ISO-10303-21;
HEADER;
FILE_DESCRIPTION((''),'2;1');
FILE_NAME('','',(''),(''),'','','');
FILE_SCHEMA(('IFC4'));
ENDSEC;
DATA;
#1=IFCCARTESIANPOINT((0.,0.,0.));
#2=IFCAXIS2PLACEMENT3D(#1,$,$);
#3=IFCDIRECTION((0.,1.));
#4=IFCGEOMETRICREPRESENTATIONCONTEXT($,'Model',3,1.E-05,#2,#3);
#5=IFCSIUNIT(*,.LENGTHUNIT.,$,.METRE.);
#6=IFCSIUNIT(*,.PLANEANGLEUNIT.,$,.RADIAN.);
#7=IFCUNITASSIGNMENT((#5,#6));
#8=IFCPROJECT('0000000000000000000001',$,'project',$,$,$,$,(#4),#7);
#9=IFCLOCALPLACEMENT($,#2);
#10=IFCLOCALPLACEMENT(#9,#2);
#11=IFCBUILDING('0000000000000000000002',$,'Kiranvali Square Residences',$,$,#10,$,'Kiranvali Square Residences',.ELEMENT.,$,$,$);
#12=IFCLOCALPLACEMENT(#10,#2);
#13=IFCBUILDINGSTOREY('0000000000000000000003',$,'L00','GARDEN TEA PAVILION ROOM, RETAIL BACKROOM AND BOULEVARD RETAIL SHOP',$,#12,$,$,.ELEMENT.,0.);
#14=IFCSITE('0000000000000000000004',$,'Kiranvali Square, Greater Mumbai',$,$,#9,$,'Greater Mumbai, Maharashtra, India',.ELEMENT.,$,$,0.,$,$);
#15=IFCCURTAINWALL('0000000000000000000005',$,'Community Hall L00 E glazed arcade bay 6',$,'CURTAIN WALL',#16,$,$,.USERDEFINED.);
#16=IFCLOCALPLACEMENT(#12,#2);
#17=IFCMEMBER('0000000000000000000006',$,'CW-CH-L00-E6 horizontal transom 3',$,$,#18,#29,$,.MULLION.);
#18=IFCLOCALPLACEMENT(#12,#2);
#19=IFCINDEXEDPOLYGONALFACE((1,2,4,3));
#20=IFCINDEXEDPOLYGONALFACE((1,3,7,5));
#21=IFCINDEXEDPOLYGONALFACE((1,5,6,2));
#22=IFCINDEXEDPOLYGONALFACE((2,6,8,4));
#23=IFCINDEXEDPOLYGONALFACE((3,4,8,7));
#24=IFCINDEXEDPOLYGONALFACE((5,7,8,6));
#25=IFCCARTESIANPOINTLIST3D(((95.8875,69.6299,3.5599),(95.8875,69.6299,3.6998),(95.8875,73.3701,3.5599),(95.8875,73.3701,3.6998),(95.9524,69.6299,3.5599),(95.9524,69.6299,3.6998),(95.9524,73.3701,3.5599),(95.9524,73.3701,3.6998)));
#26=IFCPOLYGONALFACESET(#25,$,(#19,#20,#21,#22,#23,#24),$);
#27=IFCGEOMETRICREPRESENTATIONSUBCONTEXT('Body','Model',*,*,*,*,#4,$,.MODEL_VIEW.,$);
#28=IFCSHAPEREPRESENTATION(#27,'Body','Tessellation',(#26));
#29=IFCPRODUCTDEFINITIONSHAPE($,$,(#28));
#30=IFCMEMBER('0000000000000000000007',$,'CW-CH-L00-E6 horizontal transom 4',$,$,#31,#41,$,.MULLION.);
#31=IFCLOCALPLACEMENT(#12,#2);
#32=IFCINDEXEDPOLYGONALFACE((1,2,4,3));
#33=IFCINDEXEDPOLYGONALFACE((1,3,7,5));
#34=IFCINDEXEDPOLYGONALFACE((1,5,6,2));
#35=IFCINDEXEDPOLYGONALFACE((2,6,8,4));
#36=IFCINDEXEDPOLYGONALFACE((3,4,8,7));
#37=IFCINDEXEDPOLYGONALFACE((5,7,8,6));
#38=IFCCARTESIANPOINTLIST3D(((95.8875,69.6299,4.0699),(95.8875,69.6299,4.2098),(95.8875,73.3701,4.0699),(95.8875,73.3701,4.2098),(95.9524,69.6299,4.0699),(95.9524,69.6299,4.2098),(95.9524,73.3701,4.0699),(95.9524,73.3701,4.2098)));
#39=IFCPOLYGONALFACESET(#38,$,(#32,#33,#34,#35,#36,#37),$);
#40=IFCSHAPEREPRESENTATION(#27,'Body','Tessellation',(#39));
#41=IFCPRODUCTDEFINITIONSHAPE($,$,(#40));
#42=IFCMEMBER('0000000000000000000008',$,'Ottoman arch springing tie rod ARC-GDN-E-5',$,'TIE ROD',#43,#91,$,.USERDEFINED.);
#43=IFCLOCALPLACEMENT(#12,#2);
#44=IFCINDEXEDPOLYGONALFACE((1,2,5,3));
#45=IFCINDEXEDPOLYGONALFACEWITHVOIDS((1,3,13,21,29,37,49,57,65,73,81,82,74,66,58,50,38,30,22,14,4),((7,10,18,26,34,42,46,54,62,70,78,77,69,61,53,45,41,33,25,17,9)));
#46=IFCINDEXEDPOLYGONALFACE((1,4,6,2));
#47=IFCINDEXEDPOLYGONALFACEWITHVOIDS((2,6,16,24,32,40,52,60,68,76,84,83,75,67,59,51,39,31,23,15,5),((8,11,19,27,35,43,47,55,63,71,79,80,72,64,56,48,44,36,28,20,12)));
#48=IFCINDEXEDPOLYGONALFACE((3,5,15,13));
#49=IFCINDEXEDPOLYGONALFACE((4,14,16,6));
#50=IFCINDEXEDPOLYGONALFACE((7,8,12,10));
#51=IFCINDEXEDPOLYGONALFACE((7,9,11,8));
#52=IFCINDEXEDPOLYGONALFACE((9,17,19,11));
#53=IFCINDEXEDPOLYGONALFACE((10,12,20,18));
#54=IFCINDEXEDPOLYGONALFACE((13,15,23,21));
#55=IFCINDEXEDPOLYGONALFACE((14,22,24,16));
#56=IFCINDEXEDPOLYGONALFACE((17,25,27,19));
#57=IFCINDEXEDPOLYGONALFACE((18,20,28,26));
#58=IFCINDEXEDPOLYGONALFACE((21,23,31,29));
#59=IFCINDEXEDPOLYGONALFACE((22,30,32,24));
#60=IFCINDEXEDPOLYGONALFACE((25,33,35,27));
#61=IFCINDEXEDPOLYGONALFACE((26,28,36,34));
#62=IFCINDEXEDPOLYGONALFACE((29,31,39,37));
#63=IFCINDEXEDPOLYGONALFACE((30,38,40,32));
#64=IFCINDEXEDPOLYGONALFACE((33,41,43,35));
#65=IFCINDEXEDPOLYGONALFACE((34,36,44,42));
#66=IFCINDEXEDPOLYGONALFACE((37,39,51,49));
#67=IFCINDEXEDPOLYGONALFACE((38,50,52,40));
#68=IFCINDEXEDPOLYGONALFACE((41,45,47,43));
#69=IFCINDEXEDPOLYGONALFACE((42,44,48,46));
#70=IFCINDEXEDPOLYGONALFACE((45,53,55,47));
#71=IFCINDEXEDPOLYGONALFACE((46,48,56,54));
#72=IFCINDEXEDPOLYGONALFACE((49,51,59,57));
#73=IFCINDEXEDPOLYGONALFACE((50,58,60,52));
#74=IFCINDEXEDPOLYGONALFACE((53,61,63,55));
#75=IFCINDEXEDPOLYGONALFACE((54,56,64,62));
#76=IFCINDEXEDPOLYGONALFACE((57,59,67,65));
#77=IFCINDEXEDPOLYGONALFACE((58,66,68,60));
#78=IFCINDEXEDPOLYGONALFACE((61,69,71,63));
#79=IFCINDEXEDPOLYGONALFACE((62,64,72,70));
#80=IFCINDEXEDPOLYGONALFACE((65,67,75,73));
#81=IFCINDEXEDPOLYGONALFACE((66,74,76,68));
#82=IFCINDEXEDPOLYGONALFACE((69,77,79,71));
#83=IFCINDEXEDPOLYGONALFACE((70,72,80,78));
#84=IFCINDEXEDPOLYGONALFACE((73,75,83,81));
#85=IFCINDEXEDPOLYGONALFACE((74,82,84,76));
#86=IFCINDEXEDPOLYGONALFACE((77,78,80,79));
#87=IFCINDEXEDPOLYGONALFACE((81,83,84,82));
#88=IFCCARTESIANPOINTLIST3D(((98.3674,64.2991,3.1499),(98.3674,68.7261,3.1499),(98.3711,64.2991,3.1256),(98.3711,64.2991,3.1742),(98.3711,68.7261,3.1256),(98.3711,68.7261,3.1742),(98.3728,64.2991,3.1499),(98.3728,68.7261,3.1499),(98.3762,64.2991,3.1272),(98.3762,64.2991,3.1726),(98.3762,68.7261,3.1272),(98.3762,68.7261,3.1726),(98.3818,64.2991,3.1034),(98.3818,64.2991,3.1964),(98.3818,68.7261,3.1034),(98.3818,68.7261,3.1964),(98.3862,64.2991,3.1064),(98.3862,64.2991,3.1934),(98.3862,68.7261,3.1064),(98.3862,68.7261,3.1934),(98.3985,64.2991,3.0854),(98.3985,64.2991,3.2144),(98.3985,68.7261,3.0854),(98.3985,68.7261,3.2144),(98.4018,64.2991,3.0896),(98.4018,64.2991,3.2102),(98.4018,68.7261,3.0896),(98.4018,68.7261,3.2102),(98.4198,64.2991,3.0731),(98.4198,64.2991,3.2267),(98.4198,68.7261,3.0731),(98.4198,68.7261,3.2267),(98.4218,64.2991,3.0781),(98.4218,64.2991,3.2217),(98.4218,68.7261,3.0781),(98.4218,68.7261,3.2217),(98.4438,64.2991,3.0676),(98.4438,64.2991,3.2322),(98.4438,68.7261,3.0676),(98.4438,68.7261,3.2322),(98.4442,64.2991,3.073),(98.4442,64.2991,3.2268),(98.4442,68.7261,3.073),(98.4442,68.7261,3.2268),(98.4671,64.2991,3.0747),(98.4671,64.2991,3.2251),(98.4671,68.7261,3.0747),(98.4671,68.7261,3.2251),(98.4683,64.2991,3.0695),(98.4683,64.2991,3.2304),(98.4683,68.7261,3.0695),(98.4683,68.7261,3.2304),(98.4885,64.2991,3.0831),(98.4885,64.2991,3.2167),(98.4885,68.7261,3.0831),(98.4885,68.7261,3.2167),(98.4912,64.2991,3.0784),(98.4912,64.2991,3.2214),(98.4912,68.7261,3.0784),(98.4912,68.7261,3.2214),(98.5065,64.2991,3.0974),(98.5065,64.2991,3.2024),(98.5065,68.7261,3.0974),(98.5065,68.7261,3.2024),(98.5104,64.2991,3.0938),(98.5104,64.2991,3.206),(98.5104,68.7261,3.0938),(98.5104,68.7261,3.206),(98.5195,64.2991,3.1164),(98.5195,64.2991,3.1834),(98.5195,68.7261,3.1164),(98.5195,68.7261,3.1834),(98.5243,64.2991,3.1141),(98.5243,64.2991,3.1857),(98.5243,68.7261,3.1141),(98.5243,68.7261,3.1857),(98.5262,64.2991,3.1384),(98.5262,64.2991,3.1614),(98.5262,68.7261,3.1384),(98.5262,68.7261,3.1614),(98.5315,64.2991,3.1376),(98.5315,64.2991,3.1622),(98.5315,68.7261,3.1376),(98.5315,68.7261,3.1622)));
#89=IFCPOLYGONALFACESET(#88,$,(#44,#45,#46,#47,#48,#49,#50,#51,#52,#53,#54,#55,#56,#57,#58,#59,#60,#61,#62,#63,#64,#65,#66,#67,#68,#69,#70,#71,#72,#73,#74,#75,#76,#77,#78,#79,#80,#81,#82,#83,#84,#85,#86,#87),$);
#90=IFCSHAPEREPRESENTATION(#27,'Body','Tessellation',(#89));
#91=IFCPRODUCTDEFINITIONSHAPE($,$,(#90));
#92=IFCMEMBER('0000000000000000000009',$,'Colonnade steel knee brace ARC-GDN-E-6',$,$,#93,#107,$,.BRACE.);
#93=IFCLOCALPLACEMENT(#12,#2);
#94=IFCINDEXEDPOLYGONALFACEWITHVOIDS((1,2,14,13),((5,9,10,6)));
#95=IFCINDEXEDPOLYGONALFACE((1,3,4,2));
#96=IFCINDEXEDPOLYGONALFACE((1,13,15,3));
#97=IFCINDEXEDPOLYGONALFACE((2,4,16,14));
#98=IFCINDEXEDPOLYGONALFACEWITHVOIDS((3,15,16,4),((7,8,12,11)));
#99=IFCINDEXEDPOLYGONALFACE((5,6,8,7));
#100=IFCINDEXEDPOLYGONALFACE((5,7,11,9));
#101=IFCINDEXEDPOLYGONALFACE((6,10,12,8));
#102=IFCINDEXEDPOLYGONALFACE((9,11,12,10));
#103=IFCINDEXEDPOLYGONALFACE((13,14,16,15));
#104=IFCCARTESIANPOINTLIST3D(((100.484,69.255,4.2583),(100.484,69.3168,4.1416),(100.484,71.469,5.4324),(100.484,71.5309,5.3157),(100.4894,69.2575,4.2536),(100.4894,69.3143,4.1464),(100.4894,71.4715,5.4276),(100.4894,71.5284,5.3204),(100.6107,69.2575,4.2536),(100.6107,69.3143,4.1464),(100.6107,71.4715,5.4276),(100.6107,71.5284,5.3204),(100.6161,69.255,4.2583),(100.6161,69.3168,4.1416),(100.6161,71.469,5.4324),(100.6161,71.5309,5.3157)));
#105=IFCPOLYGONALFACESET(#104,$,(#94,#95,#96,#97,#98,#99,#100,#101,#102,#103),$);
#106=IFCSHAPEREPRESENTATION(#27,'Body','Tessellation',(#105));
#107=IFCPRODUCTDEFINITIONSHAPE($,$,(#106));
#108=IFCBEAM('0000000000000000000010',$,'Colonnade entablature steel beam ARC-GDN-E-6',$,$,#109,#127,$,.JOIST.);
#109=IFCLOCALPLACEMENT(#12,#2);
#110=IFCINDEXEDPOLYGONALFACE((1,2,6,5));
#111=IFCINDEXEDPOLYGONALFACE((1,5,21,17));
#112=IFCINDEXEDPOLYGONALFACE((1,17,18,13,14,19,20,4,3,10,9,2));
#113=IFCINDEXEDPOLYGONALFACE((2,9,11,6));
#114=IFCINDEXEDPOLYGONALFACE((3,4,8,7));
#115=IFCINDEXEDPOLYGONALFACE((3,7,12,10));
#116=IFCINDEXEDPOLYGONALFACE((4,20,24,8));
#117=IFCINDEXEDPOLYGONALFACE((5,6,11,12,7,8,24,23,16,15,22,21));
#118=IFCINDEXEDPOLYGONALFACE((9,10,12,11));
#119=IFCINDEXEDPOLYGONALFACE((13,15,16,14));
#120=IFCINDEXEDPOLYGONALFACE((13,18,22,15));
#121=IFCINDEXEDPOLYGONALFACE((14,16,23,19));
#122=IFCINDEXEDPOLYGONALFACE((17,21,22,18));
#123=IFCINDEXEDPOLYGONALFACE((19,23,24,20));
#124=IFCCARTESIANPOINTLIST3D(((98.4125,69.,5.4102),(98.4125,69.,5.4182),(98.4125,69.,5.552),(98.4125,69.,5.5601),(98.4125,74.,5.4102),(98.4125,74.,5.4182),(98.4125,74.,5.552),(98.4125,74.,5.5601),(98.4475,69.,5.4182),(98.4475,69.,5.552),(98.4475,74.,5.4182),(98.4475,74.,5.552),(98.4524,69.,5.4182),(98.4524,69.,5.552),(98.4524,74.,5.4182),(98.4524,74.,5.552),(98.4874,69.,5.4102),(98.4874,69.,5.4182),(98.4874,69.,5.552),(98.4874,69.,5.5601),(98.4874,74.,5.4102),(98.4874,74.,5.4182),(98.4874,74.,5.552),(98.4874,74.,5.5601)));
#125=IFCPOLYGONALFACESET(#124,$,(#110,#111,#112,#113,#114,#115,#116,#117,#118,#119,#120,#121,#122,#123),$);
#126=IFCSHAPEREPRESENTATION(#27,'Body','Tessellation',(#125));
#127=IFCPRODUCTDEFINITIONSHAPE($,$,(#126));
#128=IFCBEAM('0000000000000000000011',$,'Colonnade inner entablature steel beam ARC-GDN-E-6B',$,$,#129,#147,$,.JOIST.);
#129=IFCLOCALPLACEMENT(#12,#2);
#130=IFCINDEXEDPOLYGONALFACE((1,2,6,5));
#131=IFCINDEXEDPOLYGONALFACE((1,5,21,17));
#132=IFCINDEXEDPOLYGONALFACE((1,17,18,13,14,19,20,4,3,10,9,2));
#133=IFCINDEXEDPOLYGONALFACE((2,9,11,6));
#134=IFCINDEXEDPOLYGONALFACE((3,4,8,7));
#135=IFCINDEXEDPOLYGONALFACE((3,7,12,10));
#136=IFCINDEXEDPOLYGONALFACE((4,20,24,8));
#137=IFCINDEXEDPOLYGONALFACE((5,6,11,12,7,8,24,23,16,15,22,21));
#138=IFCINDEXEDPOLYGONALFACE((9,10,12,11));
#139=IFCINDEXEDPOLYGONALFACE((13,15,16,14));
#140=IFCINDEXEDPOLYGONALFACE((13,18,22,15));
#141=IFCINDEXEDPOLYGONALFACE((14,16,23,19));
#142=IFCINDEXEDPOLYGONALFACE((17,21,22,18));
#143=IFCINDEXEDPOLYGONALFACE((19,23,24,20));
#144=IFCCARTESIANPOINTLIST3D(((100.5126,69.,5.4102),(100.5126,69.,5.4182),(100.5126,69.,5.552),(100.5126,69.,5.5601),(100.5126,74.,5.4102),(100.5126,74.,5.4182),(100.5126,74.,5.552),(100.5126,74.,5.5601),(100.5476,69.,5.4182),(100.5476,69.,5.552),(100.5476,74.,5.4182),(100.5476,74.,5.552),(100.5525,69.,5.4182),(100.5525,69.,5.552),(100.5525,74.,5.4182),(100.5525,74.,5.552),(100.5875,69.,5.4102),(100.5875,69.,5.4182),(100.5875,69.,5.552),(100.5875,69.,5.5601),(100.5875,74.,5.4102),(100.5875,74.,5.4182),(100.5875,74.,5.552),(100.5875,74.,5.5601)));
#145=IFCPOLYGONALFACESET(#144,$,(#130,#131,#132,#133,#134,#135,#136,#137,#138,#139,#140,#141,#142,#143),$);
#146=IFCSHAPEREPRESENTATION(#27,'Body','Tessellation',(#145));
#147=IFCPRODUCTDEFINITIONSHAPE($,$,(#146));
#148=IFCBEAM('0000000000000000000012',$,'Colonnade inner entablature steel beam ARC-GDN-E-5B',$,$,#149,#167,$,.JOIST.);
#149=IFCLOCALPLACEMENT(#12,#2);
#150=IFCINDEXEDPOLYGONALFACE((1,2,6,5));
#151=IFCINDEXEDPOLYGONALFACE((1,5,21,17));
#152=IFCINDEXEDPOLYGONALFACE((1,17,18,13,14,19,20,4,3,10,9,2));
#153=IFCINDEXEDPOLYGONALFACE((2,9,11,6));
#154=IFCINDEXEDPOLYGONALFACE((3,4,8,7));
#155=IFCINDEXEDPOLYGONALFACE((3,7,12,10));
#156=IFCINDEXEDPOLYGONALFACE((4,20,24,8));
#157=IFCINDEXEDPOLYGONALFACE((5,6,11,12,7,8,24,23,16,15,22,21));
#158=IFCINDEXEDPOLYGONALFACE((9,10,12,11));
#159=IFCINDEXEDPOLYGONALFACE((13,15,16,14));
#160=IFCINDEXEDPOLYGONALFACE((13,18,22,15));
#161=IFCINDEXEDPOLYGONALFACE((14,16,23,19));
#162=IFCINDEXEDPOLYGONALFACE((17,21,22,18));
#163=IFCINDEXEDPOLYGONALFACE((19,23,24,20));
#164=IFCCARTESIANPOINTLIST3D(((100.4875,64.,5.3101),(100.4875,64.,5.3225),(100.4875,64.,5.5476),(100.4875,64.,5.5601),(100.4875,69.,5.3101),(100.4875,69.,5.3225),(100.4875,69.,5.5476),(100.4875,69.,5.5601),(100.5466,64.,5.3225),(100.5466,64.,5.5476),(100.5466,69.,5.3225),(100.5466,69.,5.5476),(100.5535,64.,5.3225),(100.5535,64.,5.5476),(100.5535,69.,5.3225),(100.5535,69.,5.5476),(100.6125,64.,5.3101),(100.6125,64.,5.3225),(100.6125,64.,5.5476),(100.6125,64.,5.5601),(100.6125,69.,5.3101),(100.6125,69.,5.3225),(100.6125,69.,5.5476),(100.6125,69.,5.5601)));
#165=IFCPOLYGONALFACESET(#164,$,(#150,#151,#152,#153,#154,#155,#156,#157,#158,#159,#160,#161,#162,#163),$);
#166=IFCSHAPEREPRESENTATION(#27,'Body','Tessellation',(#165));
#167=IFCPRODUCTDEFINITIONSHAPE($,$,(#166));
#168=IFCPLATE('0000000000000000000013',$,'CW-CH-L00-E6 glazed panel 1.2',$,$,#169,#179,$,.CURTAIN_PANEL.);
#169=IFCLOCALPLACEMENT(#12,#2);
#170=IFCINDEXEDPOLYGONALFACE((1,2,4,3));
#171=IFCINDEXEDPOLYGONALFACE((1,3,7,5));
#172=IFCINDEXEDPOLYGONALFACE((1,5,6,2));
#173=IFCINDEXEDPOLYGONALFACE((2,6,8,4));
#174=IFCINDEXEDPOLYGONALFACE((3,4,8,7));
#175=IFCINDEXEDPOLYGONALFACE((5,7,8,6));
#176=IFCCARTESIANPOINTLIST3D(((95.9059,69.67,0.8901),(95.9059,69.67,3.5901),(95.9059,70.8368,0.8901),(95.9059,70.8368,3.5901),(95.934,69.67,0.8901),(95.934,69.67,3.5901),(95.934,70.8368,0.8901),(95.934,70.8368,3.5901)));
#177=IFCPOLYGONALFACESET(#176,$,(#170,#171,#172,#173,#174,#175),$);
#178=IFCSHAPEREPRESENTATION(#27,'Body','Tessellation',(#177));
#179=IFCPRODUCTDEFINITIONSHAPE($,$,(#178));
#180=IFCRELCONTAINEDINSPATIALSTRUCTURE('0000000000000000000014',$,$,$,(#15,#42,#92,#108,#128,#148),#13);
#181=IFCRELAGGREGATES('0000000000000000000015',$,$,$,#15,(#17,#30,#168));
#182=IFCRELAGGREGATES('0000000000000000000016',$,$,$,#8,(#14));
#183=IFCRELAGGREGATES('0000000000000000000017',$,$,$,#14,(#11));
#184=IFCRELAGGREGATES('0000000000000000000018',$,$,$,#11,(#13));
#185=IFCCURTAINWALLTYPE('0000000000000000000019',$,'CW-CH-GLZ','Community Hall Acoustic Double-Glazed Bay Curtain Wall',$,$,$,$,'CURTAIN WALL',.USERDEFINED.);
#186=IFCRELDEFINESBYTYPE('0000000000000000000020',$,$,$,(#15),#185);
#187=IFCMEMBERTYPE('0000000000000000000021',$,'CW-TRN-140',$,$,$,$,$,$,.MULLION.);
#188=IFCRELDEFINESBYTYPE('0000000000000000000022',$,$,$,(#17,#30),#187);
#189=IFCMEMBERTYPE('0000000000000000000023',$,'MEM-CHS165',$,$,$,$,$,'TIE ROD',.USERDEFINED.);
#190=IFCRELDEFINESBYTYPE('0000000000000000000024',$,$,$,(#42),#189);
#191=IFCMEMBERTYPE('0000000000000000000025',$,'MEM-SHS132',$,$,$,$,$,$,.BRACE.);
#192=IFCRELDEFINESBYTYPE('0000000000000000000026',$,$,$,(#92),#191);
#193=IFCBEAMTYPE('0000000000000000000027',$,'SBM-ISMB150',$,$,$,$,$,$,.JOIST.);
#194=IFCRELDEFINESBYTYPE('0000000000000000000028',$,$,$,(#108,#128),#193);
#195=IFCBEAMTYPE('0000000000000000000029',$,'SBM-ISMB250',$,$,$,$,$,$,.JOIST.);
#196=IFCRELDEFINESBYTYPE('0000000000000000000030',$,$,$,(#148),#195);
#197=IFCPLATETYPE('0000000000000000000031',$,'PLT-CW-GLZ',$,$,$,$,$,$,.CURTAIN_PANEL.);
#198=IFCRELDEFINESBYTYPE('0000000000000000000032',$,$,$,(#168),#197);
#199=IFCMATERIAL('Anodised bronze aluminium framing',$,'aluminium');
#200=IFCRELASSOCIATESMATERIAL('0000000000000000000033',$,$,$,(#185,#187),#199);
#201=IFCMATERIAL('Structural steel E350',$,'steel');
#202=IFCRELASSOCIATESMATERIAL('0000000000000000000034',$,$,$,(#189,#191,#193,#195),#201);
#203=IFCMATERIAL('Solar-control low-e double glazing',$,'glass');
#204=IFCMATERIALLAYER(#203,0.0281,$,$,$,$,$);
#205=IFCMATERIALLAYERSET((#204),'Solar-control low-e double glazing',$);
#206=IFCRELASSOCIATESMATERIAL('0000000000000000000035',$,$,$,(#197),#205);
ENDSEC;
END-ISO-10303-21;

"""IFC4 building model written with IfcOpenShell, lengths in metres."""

from ifc_helpers import new_model, si_unit, direction, frame, origin, origin_2d, place, context, subcontext, project, spatial, rectangle, hollow_rectangle, hollow_circle, i_section, extrude, material, layer, layer_set, material_profile, profile_set, type_object, element, aggregate, save


model = new_model("IFC4")

# Units and contexts
model_context = context("Model", 3, precision=1e-05, world=origin(), true_north=direction((0.0, 1.0)))
body_context = subcontext(model_context, "Body", "Model", "MODEL_VIEW")
ifc_project = project(units=[si_unit("LENGTHUNIT", "METRE"), si_unit("PLANEANGLEUNIT", "RADIAN")], contexts=[model_context])

# Site, building, storey
site_placement = place(None, origin())
site = spatial("IfcSite", under=ifc_project, at=site_placement, Name="Kiranvali Square, Greater Mumbai", LongName="Greater Mumbai, Maharashtra, India", CompositionType="ELEMENT", RefElevation=0.0)
building_placement = place(site_placement, origin())
building = spatial("IfcBuilding", under=site, at=building_placement, Name="Kiranvali Square Residences", LongName="Kiranvali Square Residences", CompositionType="ELEMENT")
storey_placement = place(building_placement, origin())
storey = spatial("IfcBuildingStorey", under=building, at=storey_placement, Name="L00", Description="GARDEN TEA PAVILION ROOM, RETAIL BACKROOM AND BOULEVARD RETAIL SHOP", CompositionType="ELEMENT", Elevation=0.0)

# Curtain wall, members
ifc_material_1 = material(Name="Anodised bronze aluminium framing", Category="aluminium")
curtain_wall_type = type_object("IfcCurtainWallType", Name="CW-CH-GLZ", Description="Community Hall Acoustic Double-Glazed Bay Curtain Wall", ElementType="CURTAIN WALL", PredefinedType="USERDEFINED", material=ifc_material_1)
curtain_wall_placement = place(storey_placement, origin())
curtain_wall = element("IfcCurtainWall", 1, at=curtain_wall_placement, inside=storey, type_object=curtain_wall_type, Name="Community Hall L00 E glazed arcade bay 6", ObjectType="CURTAIN WALL", PredefinedType="USERDEFINED")
ifc_material_profile_1 = material_profile(ifc_material_1, rectangle(XDim=0.0649, YDim=0.1399, at=origin_2d()), Name="ALU 65x140")
ifc_profile_set_1 = profile_set([ifc_material_profile_1], Name="Anodised bronze aluminium framing")
member_type_1 = type_object("IfcMemberType", Name="CW-TRN-140", PredefinedType="MULLION", material=ifc_profile_set_1)
member_1_placement = place(storey_placement, frame((95.9199, 69.6299, 3.6299), z_axis=(0.0, 1.0, 0.0), x_axis=(-1.0, 0.0, 0.0)))
member_1 = element("IfcMember", 2, at=member_1_placement, type_object=member_type_1, Name="CW-CH-L00-E6 horizontal transom 3", PredefinedType="MULLION", context=body_context, shape_type="SweptSolid", body=[
    extrude(rectangle(XDim=0.0649, YDim=0.1399, at=origin_2d()), origin(), (0.0, 0.0, 1.0), 3.7402),
])
member_2_placement = place(storey_placement, frame((95.9199, 69.6299, 4.1399), z_axis=(0.0, 1.0, 0.0), x_axis=(-1.0, 0.0, 0.0)))
member_2 = element("IfcMember", 3, at=member_2_placement, type_object=member_type_1, Name="CW-CH-L00-E6 horizontal transom 4", PredefinedType="MULLION", context=body_context, shape_type="SweptSolid", body=[
    extrude(rectangle(XDim=0.0649, YDim=0.1399, at=origin_2d()), origin(), (0.0, 0.0, 1.0), 3.7402),
])

# Members
ifc_material_2 = material(Name="Structural steel E350", Category="steel")
ifc_material_profile_2 = material_profile(ifc_material_2, hollow_circle(Radius=0.0825, WallThickness=0.0054, at=origin_2d()), Name="CHS 165.1x5.4")
ifc_profile_set_2 = profile_set([ifc_material_profile_2], Name="Structural steel E350")
member_type_2 = type_object("IfcMemberType", Name="MEM-CHS165", ElementType="TIE ROD", PredefinedType="USERDEFINED", material=ifc_profile_set_2)
member_3_placement = place(storey_placement, frame((98.45, 64.2991, 3.1499), z_axis=(0.0, 1.0, 0.0), x_axis=(-1.0, 0.0, 0.0)))
element("IfcMember", 4, at=member_3_placement, inside=storey, type_object=member_type_2, Name="Ottoman arch springing tie rod ARC-GDN-E-5", ObjectType="TIE ROD", PredefinedType="USERDEFINED", context=body_context, shape_type="SweptSolid", body=[
    extrude(hollow_circle(Radius=0.0825, WallThickness=0.0054, at=origin_2d()), origin(), (0.0, 0.0, 1.0), 4.427),
])
ifc_material_profile_3 = material_profile(ifc_material_2, hollow_rectangle(XDim=0.1321, YDim=0.1321, WallThickness=0.0054, at=origin_2d()), Name="SHS 132x132x5.4")
ifc_profile_set_3 = profile_set([ifc_material_profile_3], Name="Structural steel E350")
member_type_3 = type_object("IfcMemberType", Name="MEM-SHS132", PredefinedType="BRACE", material=ifc_profile_set_3)
member_4_placement = place(storey_placement, frame((100.55, 69.2859, 4.2), z_axis=(0.0, 0.883475, 0.468478), x_axis=(-1.0, 0.0, 0.0)))
element("IfcMember", 5, at=member_4_placement, inside=storey, type_object=member_type_3, Name="Colonnade steel knee brace ARC-GDN-E-6", PredefinedType="BRACE", context=body_context, shape_type="SweptSolid", body=[
    extrude(hollow_rectangle(XDim=0.1321, YDim=0.1321, WallThickness=0.0054, at=origin_2d()), origin(), (0.0, 0.0, 1.0), 2.5061),
])

# Beams
ifc_material_profile_4 = material_profile(ifc_material_2, i_section(OverallWidth=0.075, OverallDepth=0.1499, WebThickness=0.0049, FlangeThickness=0.0081, at=origin_2d()), Name="ISMB 150")
ifc_profile_set_4 = profile_set([ifc_material_profile_4], Name="Structural steel E350")
beam_type_1 = type_object("IfcBeamType", Name="SBM-ISMB150", PredefinedType="JOIST", material=ifc_profile_set_4)
for number, where, z_axis, x_axis, name in (
    (6, (98.45, 69.0, 5.4851), (0.0, 1.0, 0.0), (-1.0, 0.0, 0.0), "Colonnade entablature steel beam ARC-GDN-E-6"),
    (7, (100.55, 69.0, 5.4851), (0.0, 1.0, 0.0), (-1.0, 0.0, 0.0), "Colonnade inner entablature steel beam ARC-GDN-E-6B"),
):
    element("IfcBeam", number, at=place(storey_placement, frame(where, z_axis=z_axis, x_axis=x_axis)), inside=storey, type_object=beam_type_1, Name=name, PredefinedType="JOIST", context=body_context, shape_type="SweptSolid", body=[
        extrude(i_section(OverallWidth=0.075, OverallDepth=0.1499, WebThickness=0.0049, FlangeThickness=0.0081, at=origin_2d()), origin(), (0.0, 0.0, 1.0), 5.0),
    ])
ifc_material_profile_5 = material_profile(ifc_material_2, i_section(OverallWidth=0.125, OverallDepth=0.25, WebThickness=0.0068, FlangeThickness=0.0125, at=origin_2d()), Name="ISMB 250")
ifc_profile_set_5 = profile_set([ifc_material_profile_5], Name="Structural steel E350")
beam_type_2 = type_object("IfcBeamType", Name="SBM-ISMB250", PredefinedType="JOIST", material=ifc_profile_set_5)
beam_1_placement = place(storey_placement, frame((100.55, 64.0, 5.4351), z_axis=(0.0, 1.0, 0.0), x_axis=(-1.0, 0.0, 0.0)))
element("IfcBeam", 8, at=beam_1_placement, inside=storey, type_object=beam_type_2, Name="Colonnade inner entablature steel beam ARC-GDN-E-5B", PredefinedType="JOIST", context=body_context, shape_type="SweptSolid", body=[
    extrude(i_section(OverallWidth=0.125, OverallDepth=0.25, WebThickness=0.0068, FlangeThickness=0.0125, at=origin_2d()), origin(), (0.0, 0.0, 1.0), 5.0),
])

# Plate
ifc_material_3 = material(Name="Solar-control low-e double glazing", Category="glass")
ifc_layer_1 = layer(ifc_material_3, 0.0281)
ifc_layer_set_1 = layer_set([ifc_layer_1], Name="Solar-control low-e double glazing")
plate_type_1 = type_object("IfcPlateType", Name="PLT-CW-GLZ", PredefinedType="CURTAIN_PANEL", material=ifc_layer_set_1)
plate_1_placement = place(storey_placement, frame((95.9199, 70.2534, 0.8901), z_axis=(0.0, 0.0, 1.0), x_axis=(0.0, 1.0, 0.0)))
plate_1 = element("IfcPlate", 9, at=plate_1_placement, type_object=plate_type_1, Name="CW-CH-L00-E6 glazed panel 1.2", PredefinedType="CURTAIN_PANEL", context=body_context, shape_type="SweptSolid", body=[
    extrude(rectangle(XDim=1.1667, YDim=0.0281, at=origin_2d()), origin(), (0.0, 0.0, 1.0), 2.7),
])
aggregate(curtain_wall, [member_1, member_2, plate_1])

save(model, "model.ifc")
